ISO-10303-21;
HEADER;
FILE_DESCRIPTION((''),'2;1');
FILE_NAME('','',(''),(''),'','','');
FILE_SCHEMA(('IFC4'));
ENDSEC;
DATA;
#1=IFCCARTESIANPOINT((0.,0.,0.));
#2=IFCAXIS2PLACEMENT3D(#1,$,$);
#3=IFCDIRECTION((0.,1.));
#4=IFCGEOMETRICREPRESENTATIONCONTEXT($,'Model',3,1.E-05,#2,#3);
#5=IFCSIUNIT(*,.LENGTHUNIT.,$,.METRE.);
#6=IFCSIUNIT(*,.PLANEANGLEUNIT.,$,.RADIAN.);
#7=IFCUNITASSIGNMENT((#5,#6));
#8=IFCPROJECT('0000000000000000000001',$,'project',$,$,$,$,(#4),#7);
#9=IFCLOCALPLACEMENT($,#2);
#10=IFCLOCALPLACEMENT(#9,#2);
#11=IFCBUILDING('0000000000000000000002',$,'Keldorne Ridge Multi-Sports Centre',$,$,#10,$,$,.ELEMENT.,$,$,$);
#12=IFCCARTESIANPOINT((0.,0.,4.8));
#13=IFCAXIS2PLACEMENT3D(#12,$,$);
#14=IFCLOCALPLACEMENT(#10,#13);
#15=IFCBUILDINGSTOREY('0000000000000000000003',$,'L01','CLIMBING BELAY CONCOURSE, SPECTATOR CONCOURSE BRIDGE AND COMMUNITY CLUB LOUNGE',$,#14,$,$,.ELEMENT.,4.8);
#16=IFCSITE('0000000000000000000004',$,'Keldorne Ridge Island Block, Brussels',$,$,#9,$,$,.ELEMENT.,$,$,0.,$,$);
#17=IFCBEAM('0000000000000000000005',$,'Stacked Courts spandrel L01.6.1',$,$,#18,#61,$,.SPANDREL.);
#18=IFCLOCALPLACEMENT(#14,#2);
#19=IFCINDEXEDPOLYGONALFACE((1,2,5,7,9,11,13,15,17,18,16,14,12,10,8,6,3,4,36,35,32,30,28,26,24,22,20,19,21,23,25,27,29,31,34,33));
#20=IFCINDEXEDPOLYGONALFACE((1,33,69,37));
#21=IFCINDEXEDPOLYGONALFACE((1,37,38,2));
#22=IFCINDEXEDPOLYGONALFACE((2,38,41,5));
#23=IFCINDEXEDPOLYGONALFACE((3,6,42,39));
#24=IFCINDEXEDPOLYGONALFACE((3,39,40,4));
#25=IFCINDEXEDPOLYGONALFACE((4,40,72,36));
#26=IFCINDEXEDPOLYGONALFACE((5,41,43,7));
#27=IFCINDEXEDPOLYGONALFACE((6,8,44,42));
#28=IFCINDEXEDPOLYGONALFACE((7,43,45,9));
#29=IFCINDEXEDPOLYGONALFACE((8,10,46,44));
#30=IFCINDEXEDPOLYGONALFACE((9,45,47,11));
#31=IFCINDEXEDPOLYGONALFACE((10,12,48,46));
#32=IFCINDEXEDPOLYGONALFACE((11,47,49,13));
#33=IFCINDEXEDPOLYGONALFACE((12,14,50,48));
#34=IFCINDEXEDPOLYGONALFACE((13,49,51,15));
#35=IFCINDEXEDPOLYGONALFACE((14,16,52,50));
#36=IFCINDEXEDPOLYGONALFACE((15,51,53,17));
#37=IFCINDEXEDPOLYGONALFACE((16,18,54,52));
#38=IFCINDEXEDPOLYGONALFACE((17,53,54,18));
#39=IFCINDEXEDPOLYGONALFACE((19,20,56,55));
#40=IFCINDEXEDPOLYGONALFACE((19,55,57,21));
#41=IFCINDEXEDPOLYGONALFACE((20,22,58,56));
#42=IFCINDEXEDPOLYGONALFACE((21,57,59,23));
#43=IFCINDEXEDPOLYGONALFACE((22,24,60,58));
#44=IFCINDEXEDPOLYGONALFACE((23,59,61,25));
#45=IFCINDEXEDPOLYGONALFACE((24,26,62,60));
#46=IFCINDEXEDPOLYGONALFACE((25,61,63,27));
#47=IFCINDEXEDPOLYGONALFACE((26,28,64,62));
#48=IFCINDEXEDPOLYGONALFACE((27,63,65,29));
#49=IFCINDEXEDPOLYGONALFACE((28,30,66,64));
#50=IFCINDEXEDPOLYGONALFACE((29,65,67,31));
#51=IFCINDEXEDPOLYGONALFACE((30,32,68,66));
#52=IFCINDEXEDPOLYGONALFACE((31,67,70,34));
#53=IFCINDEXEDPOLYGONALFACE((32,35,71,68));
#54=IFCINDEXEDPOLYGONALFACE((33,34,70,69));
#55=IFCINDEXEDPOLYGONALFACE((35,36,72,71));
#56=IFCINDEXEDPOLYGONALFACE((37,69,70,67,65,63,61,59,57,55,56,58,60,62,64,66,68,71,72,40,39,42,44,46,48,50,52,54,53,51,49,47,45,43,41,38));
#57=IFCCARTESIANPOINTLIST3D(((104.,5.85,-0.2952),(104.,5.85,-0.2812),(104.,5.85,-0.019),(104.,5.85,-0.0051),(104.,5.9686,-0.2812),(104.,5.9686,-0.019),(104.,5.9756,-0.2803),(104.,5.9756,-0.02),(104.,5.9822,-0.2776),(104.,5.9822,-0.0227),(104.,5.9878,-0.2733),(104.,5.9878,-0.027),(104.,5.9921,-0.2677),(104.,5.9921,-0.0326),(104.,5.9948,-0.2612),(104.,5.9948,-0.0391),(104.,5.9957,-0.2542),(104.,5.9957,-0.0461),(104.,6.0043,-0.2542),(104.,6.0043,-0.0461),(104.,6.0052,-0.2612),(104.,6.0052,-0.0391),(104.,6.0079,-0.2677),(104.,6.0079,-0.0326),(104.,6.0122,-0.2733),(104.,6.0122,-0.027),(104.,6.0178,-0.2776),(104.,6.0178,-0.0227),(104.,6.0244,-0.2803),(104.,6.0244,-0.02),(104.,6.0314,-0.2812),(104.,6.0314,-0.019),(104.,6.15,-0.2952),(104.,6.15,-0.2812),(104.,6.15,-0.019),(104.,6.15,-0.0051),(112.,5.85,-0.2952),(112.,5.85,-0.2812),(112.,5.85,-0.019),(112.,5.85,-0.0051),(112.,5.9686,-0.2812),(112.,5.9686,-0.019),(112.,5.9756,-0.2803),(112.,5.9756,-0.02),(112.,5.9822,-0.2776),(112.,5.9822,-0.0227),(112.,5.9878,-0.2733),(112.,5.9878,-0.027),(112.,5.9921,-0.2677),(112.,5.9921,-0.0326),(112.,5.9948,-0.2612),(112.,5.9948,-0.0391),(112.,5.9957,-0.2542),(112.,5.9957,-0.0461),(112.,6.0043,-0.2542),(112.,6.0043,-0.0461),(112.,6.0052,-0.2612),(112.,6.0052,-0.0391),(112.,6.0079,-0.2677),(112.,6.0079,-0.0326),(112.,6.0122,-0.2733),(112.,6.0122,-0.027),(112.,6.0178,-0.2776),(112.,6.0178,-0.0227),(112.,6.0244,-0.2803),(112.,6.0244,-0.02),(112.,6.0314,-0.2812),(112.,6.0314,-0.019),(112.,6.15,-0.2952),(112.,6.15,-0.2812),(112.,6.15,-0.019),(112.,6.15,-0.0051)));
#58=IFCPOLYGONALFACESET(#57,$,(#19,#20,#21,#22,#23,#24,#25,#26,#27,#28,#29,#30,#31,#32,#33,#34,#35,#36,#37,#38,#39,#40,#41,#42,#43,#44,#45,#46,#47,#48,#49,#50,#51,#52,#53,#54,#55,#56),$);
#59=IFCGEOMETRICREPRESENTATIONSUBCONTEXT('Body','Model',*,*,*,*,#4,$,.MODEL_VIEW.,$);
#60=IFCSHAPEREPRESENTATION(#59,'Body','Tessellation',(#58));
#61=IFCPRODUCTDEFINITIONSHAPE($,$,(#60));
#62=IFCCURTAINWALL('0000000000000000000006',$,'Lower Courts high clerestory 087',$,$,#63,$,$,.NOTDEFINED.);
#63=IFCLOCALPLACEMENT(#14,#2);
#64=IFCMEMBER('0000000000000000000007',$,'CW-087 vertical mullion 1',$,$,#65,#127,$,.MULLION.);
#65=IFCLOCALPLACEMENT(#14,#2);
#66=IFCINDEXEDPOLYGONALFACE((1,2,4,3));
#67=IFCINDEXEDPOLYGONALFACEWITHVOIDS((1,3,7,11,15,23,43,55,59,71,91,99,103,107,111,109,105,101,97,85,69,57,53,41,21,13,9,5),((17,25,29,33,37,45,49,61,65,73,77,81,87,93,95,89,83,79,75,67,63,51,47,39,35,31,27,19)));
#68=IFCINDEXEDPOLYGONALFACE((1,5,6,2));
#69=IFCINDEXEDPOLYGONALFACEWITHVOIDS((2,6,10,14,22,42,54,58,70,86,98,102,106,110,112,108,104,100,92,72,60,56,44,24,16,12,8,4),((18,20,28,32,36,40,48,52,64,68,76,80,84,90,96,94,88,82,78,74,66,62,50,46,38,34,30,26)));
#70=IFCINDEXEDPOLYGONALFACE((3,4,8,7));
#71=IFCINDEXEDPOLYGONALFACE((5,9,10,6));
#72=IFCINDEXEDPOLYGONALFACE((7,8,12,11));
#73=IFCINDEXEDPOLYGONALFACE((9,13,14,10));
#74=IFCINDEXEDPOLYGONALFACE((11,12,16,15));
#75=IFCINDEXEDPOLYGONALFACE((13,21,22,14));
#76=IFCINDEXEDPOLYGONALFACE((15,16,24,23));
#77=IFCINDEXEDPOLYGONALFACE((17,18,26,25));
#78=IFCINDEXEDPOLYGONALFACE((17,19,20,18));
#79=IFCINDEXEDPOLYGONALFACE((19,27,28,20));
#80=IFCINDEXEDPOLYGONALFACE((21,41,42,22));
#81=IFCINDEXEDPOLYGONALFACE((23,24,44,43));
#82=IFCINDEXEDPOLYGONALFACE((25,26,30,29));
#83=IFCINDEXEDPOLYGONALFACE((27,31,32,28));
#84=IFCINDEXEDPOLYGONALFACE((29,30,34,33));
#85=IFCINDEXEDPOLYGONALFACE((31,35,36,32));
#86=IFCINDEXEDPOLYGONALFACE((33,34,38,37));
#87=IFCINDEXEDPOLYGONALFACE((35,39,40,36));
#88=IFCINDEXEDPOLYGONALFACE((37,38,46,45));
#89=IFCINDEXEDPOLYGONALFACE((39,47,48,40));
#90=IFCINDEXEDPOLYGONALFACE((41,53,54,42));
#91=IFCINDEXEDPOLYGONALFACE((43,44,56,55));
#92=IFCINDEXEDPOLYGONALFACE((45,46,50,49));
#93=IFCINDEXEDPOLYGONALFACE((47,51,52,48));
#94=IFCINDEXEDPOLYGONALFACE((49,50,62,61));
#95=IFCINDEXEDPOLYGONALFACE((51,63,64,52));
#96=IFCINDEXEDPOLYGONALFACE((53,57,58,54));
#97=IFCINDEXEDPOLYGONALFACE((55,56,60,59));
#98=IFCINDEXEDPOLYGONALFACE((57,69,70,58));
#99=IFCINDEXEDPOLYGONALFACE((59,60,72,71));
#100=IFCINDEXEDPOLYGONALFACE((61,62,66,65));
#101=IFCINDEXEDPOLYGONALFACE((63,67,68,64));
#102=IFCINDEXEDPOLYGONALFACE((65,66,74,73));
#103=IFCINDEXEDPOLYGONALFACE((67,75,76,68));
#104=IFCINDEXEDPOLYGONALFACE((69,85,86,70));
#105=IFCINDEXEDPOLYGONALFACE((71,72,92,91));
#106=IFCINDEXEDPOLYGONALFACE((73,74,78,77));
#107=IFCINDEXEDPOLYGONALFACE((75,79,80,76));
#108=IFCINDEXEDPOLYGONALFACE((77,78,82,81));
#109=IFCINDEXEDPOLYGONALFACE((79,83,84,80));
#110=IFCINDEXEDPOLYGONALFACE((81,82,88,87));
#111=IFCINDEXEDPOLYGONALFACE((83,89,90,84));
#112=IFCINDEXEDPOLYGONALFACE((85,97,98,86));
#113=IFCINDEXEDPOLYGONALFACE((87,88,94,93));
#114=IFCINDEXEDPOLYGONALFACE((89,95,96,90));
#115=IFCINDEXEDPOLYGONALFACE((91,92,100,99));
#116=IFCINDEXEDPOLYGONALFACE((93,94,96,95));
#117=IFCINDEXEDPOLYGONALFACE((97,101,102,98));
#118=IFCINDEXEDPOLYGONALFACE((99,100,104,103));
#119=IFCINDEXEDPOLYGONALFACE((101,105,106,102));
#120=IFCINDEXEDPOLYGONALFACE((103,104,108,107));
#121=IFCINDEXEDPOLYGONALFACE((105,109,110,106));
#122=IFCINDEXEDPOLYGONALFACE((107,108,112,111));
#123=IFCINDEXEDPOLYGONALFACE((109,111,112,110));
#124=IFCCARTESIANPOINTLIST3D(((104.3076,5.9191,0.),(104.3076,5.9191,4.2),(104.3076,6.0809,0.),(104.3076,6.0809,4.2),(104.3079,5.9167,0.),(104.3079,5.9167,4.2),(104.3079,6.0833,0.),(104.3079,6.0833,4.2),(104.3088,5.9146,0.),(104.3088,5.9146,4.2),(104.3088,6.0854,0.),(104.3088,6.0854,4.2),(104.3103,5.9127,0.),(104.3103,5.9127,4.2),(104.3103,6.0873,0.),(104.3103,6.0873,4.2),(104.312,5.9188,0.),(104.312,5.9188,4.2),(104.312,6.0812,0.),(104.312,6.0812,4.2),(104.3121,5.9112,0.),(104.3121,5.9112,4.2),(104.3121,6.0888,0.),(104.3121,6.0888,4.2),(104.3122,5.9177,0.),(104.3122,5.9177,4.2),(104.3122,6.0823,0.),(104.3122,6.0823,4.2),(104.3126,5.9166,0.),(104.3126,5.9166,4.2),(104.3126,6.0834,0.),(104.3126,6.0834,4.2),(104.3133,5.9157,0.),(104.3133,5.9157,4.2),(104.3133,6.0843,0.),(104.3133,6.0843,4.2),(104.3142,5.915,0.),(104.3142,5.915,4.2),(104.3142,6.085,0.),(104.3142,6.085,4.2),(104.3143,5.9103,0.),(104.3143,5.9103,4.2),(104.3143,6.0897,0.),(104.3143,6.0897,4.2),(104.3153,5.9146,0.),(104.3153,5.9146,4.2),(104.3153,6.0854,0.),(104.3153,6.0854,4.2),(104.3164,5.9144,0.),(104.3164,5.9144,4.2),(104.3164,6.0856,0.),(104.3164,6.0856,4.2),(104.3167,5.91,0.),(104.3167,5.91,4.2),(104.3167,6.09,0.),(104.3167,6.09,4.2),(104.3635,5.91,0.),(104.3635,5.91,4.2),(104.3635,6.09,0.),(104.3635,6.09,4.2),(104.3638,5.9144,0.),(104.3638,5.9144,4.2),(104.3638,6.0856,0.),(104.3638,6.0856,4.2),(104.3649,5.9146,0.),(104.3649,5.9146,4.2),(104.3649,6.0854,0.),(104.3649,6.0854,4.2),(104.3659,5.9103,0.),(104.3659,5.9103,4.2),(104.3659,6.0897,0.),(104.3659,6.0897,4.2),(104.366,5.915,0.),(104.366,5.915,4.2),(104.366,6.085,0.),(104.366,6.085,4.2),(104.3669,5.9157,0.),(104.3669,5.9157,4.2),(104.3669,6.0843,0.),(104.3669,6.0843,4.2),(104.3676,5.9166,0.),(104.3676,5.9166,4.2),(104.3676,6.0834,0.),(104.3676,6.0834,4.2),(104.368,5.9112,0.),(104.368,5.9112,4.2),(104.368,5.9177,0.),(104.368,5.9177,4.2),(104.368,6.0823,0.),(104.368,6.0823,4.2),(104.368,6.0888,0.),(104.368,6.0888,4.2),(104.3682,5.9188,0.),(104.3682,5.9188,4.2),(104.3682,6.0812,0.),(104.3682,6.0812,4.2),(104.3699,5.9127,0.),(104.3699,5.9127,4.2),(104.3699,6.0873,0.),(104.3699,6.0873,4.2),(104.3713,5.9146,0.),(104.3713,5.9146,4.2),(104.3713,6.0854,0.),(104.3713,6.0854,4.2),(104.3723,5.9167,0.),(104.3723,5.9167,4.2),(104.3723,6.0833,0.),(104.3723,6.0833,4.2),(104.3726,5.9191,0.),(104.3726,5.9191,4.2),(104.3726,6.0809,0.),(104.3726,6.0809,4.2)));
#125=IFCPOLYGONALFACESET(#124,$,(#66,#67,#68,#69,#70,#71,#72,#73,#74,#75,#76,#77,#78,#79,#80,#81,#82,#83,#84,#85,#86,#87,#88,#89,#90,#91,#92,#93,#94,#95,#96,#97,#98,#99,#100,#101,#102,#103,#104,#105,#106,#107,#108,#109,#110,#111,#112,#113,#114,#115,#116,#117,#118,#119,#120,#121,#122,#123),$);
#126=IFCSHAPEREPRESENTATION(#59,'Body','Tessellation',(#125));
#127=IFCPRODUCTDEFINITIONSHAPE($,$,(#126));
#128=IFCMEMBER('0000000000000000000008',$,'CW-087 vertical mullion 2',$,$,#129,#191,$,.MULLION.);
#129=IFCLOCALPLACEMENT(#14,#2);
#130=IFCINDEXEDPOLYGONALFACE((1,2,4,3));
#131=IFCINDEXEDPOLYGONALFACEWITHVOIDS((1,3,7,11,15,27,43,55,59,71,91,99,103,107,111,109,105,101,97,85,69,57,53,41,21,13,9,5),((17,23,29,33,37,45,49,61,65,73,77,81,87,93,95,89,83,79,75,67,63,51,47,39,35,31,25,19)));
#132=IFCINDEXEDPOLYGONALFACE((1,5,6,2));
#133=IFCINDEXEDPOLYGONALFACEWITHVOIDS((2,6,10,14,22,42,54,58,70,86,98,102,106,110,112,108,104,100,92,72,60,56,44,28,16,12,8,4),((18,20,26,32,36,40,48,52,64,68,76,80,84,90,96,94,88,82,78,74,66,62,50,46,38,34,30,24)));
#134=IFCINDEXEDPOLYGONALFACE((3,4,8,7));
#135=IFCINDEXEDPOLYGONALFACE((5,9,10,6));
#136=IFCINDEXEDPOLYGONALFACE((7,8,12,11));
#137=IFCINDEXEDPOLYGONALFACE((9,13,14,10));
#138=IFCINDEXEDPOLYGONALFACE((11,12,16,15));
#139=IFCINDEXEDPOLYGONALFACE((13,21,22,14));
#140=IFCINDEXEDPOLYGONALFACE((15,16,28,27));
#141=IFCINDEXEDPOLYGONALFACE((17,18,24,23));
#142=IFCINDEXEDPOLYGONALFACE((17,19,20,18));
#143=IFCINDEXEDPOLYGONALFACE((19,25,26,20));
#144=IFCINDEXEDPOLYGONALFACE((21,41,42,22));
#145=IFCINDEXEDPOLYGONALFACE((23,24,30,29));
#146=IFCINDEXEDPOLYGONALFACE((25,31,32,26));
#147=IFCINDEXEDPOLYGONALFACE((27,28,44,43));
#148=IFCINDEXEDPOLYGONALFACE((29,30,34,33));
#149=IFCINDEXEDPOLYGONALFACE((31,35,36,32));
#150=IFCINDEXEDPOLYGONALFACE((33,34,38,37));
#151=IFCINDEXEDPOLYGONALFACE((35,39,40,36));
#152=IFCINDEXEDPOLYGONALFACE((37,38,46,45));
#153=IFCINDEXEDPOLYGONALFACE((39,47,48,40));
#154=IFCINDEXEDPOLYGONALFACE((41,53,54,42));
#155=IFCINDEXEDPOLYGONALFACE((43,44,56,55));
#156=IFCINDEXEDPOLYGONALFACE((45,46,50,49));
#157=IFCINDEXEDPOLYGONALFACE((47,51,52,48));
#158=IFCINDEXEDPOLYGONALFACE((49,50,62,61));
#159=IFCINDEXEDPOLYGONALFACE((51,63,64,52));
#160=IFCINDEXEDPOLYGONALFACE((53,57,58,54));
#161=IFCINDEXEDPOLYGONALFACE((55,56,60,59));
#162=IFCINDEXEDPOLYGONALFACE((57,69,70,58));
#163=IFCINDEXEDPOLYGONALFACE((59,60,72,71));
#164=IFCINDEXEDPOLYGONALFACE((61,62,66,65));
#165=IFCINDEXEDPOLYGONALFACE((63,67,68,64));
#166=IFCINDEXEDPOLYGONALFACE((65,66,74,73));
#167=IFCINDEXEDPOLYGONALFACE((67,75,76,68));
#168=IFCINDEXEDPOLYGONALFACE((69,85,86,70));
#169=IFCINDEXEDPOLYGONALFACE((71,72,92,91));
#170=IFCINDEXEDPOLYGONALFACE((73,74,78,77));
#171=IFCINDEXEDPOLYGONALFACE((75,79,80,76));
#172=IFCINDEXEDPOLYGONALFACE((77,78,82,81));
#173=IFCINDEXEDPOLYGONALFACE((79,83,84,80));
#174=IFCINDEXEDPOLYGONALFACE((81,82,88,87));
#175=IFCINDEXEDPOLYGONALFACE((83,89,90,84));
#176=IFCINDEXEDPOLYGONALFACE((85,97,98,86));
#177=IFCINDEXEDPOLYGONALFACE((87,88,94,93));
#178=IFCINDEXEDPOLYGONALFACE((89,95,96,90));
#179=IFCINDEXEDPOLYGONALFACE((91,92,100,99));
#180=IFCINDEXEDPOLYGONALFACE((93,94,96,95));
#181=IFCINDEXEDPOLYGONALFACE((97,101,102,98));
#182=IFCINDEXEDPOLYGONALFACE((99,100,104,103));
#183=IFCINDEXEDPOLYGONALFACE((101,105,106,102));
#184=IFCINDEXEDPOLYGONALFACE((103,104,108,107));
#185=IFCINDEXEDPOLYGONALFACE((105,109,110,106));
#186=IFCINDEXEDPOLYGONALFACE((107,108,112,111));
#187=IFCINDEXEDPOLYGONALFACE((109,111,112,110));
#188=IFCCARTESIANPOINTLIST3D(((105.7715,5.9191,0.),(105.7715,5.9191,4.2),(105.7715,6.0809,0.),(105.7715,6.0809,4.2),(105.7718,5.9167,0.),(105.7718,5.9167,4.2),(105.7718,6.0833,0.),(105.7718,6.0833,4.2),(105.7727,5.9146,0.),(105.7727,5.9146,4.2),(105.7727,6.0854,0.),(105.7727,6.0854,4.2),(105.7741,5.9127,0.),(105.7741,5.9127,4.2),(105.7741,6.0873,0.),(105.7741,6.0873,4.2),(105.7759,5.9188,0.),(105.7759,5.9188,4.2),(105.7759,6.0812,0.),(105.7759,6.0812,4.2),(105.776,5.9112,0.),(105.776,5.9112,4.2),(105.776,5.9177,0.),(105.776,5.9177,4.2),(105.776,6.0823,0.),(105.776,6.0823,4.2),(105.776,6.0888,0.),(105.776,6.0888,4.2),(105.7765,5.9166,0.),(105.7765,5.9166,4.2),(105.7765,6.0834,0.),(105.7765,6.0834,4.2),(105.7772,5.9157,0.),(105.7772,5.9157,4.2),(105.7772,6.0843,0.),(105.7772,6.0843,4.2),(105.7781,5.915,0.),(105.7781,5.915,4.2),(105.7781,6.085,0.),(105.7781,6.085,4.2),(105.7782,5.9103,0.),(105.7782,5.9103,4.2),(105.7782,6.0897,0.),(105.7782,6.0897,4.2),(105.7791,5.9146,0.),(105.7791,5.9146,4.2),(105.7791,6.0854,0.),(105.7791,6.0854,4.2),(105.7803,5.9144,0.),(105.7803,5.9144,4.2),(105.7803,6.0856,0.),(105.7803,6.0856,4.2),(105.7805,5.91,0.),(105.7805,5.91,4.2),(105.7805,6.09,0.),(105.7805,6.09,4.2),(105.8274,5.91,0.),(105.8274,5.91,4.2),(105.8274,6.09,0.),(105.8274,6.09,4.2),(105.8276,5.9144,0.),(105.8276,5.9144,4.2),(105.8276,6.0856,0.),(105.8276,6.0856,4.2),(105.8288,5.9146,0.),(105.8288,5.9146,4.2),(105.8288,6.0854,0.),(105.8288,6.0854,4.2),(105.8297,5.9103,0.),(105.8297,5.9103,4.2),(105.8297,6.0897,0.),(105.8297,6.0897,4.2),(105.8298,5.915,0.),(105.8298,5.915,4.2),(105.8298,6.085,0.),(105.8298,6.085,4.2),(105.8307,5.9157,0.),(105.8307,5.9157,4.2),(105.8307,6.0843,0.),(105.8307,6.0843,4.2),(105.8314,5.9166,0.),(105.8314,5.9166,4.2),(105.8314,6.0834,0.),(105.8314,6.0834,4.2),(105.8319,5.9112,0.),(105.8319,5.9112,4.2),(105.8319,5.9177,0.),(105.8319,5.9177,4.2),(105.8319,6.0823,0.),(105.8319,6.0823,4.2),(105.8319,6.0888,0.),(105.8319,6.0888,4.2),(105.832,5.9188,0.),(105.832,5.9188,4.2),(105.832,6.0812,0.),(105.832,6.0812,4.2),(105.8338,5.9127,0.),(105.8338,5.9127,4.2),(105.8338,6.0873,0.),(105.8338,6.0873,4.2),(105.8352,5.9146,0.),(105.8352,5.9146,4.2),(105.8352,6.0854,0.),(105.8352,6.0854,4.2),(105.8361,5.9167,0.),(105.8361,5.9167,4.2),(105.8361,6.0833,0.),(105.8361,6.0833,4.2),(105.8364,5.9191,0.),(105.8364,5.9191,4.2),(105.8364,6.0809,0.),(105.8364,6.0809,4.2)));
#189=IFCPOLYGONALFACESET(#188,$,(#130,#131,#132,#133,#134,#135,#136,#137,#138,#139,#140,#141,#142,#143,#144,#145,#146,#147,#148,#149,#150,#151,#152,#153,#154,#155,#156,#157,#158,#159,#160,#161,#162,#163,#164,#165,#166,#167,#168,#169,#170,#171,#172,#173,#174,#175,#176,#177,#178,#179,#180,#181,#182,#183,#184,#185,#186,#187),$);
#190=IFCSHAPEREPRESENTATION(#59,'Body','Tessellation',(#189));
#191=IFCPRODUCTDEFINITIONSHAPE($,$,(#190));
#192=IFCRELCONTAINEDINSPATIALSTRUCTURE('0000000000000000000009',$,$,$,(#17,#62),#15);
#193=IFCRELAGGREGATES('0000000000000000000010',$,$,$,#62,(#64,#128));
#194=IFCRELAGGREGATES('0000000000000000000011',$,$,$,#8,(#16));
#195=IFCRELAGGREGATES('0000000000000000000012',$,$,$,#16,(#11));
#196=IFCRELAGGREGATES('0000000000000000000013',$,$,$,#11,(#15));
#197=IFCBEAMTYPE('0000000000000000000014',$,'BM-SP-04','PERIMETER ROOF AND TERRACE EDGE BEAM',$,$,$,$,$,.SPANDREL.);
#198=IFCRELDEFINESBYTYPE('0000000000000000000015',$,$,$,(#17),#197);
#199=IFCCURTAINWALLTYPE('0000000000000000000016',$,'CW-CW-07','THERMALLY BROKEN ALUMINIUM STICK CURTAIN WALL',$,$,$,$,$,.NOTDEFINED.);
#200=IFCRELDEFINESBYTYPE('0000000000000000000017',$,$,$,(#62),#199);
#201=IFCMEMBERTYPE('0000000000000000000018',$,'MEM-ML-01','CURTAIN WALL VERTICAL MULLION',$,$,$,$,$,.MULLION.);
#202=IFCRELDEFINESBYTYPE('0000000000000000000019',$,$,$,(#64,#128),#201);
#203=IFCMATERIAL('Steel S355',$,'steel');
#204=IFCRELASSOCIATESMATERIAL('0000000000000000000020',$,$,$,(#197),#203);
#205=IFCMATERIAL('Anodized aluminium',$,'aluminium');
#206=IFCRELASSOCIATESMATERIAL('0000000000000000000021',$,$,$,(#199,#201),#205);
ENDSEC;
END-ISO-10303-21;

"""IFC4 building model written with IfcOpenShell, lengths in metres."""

from ifc_helpers import new_model, si_unit, direction, frame, origin, origin_2d, place, context, subcontext, project, spatial, hollow_rectangle, i_section, extrude, material, material_profile, profile_set, type_object, element, aggregate, save


model = new_model("IFC4")

# Units and contexts
model_context = context("Model", 3, precision=1e-05, world=origin(), true_north=direction((0.0, 1.0)))
body_context = subcontext(model_context, "Body", "Model", "MODEL_VIEW")
ifc_project = project(units=[si_unit("LENGTHUNIT", "METRE"), si_unit("PLANEANGLEUNIT", "RADIAN")], contexts=[model_context])

# Site, building, storey
site_placement = place(None, origin())
site = spatial("IfcSite", under=ifc_project, at=site_placement, Name="Keldorne Ridge Island Block, Brussels", CompositionType="ELEMENT", RefElevation=0.0)
building_placement = place(site_placement, origin())
building = spatial("IfcBuilding", under=site, at=building_placement, Name="Keldorne Ridge Multi-Sports Centre", CompositionType="ELEMENT")
storey_placement = place(building_placement, frame((0.0, 0.0, 4.8)))
storey = spatial("IfcBuildingStorey", under=building, at=storey_placement, Name="L01", Description="CLIMBING BELAY CONCOURSE, SPECTATOR CONCOURSE BRIDGE AND COMMUNITY CLUB LOUNGE", CompositionType="ELEMENT", Elevation=4.8)

# Beam
ifc_material_1 = material(Name="Steel S355", Category="steel")
ifc_material_profile_1 = material_profile(ifc_material_1, i_section(OverallWidth=0.3, OverallDepth=0.29, WebThickness=0.0085, FlangeThickness=0.0139, FilletRadius=0.0271, at=origin_2d()), Name="HEA 300")
ifc_profile_set_1 = profile_set([ifc_material_profile_1], Name="Steel S355")
beam_type = type_object("IfcBeamType", Name="BM-SP-04", Description="PERIMETER ROOF AND TERRACE EDGE BEAM", PredefinedType="SPANDREL", material=ifc_profile_set_1)
beam_placement = place(storey_placement, frame((104.0, 6.0, -0.1501), z_axis=(1.0, 0.0, 0.0), x_axis=(0.0, 1.0, 0.0)))
element("IfcBeam", 1, at=beam_placement, inside=storey, type_object=beam_type, Name="Stacked Courts spandrel L01.6.1", PredefinedType="SPANDREL", context=body_context, shape_type="SweptSolid", body=[
    extrude(i_section(OverallWidth=0.3, OverallDepth=0.29, WebThickness=0.0085, FlangeThickness=0.0139, FilletRadius=0.0271, at=origin_2d()), origin(), (0.0, 0.0, 1.0), 8.0),
])

# Curtain wall, members
ifc_material_2 = material(Name="Anodized aluminium", Category="aluminium")
curtain_wall_type = type_object("IfcCurtainWallType", Name="CW-CW-07", Description="THERMALLY BROKEN ALUMINIUM STICK CURTAIN WALL", PredefinedType="NOTDEFINED", material=ifc_material_2)
curtain_wall_placement = place(storey_placement, origin())
curtain_wall = element("IfcCurtainWall", 2, at=curtain_wall_placement, inside=storey, type_object=curtain_wall_type, Name="Lower Courts high clerestory 087", PredefinedType="NOTDEFINED")
ifc_material_profile_2 = material_profile(ifc_material_2, hollow_rectangle(XDim=0.0649, YDim=0.1799, WallThickness=0.0044, InnerFilletRadius=0.0044, OuterFilletRadius=0.009, at=origin_2d()), Name="ALU MULLION 180x65x4.5")
ifc_profile_set_2 = profile_set([ifc_material_profile_2], Name="Anodized aluminium")
member_type_1 = type_object("IfcMemberType", Name="MEM-ML-01", Description="CURTAIN WALL VERTICAL MULLION", PredefinedType="MULLION", material=ifc_profile_set_2)
member_1_placement = place(storey_placement, frame((104.3401, 6.0, 0.0), z_axis=(0.0, 0.0, 1.0), x_axis=(1.0, 0.0, 0.0)))
member_1 = element("IfcMember", 3, at=member_1_placement, type_object=member_type_1, Name="CW-087 vertical mullion 1", PredefinedType="MULLION", context=body_context, shape_type="SweptSolid", body=[
    extrude(hollow_rectangle(XDim=0.0649, YDim=0.1799, WallThickness=0.0044, InnerFilletRadius=0.0044, OuterFilletRadius=0.009, at=origin_2d()), origin(), (0.0, 0.0, 1.0), 4.2),
])
member_2_placement = place(storey_placement, frame((105.804, 6.0, 0.0), z_axis=(0.0, 0.0, 1.0), x_axis=(1.0, 0.0, 0.0)))
member_2 = element("IfcMember", 4, at=member_2_placement, type_object=member_type_1, Name="CW-087 vertical mullion 2", PredefinedType="MULLION", context=body_context, shape_type="SweptSolid", body=[
    extrude(hollow_rectangle(XDim=0.0649, YDim=0.1799, WallThickness=0.0044, InnerFilletRadius=0.0044, OuterFilletRadius=0.009, at=origin_2d()), origin(), (0.0, 0.0, 1.0), 4.2),
])
aggregate(curtain_wall, [member_1, member_2])

save(model, "model.ifc")
